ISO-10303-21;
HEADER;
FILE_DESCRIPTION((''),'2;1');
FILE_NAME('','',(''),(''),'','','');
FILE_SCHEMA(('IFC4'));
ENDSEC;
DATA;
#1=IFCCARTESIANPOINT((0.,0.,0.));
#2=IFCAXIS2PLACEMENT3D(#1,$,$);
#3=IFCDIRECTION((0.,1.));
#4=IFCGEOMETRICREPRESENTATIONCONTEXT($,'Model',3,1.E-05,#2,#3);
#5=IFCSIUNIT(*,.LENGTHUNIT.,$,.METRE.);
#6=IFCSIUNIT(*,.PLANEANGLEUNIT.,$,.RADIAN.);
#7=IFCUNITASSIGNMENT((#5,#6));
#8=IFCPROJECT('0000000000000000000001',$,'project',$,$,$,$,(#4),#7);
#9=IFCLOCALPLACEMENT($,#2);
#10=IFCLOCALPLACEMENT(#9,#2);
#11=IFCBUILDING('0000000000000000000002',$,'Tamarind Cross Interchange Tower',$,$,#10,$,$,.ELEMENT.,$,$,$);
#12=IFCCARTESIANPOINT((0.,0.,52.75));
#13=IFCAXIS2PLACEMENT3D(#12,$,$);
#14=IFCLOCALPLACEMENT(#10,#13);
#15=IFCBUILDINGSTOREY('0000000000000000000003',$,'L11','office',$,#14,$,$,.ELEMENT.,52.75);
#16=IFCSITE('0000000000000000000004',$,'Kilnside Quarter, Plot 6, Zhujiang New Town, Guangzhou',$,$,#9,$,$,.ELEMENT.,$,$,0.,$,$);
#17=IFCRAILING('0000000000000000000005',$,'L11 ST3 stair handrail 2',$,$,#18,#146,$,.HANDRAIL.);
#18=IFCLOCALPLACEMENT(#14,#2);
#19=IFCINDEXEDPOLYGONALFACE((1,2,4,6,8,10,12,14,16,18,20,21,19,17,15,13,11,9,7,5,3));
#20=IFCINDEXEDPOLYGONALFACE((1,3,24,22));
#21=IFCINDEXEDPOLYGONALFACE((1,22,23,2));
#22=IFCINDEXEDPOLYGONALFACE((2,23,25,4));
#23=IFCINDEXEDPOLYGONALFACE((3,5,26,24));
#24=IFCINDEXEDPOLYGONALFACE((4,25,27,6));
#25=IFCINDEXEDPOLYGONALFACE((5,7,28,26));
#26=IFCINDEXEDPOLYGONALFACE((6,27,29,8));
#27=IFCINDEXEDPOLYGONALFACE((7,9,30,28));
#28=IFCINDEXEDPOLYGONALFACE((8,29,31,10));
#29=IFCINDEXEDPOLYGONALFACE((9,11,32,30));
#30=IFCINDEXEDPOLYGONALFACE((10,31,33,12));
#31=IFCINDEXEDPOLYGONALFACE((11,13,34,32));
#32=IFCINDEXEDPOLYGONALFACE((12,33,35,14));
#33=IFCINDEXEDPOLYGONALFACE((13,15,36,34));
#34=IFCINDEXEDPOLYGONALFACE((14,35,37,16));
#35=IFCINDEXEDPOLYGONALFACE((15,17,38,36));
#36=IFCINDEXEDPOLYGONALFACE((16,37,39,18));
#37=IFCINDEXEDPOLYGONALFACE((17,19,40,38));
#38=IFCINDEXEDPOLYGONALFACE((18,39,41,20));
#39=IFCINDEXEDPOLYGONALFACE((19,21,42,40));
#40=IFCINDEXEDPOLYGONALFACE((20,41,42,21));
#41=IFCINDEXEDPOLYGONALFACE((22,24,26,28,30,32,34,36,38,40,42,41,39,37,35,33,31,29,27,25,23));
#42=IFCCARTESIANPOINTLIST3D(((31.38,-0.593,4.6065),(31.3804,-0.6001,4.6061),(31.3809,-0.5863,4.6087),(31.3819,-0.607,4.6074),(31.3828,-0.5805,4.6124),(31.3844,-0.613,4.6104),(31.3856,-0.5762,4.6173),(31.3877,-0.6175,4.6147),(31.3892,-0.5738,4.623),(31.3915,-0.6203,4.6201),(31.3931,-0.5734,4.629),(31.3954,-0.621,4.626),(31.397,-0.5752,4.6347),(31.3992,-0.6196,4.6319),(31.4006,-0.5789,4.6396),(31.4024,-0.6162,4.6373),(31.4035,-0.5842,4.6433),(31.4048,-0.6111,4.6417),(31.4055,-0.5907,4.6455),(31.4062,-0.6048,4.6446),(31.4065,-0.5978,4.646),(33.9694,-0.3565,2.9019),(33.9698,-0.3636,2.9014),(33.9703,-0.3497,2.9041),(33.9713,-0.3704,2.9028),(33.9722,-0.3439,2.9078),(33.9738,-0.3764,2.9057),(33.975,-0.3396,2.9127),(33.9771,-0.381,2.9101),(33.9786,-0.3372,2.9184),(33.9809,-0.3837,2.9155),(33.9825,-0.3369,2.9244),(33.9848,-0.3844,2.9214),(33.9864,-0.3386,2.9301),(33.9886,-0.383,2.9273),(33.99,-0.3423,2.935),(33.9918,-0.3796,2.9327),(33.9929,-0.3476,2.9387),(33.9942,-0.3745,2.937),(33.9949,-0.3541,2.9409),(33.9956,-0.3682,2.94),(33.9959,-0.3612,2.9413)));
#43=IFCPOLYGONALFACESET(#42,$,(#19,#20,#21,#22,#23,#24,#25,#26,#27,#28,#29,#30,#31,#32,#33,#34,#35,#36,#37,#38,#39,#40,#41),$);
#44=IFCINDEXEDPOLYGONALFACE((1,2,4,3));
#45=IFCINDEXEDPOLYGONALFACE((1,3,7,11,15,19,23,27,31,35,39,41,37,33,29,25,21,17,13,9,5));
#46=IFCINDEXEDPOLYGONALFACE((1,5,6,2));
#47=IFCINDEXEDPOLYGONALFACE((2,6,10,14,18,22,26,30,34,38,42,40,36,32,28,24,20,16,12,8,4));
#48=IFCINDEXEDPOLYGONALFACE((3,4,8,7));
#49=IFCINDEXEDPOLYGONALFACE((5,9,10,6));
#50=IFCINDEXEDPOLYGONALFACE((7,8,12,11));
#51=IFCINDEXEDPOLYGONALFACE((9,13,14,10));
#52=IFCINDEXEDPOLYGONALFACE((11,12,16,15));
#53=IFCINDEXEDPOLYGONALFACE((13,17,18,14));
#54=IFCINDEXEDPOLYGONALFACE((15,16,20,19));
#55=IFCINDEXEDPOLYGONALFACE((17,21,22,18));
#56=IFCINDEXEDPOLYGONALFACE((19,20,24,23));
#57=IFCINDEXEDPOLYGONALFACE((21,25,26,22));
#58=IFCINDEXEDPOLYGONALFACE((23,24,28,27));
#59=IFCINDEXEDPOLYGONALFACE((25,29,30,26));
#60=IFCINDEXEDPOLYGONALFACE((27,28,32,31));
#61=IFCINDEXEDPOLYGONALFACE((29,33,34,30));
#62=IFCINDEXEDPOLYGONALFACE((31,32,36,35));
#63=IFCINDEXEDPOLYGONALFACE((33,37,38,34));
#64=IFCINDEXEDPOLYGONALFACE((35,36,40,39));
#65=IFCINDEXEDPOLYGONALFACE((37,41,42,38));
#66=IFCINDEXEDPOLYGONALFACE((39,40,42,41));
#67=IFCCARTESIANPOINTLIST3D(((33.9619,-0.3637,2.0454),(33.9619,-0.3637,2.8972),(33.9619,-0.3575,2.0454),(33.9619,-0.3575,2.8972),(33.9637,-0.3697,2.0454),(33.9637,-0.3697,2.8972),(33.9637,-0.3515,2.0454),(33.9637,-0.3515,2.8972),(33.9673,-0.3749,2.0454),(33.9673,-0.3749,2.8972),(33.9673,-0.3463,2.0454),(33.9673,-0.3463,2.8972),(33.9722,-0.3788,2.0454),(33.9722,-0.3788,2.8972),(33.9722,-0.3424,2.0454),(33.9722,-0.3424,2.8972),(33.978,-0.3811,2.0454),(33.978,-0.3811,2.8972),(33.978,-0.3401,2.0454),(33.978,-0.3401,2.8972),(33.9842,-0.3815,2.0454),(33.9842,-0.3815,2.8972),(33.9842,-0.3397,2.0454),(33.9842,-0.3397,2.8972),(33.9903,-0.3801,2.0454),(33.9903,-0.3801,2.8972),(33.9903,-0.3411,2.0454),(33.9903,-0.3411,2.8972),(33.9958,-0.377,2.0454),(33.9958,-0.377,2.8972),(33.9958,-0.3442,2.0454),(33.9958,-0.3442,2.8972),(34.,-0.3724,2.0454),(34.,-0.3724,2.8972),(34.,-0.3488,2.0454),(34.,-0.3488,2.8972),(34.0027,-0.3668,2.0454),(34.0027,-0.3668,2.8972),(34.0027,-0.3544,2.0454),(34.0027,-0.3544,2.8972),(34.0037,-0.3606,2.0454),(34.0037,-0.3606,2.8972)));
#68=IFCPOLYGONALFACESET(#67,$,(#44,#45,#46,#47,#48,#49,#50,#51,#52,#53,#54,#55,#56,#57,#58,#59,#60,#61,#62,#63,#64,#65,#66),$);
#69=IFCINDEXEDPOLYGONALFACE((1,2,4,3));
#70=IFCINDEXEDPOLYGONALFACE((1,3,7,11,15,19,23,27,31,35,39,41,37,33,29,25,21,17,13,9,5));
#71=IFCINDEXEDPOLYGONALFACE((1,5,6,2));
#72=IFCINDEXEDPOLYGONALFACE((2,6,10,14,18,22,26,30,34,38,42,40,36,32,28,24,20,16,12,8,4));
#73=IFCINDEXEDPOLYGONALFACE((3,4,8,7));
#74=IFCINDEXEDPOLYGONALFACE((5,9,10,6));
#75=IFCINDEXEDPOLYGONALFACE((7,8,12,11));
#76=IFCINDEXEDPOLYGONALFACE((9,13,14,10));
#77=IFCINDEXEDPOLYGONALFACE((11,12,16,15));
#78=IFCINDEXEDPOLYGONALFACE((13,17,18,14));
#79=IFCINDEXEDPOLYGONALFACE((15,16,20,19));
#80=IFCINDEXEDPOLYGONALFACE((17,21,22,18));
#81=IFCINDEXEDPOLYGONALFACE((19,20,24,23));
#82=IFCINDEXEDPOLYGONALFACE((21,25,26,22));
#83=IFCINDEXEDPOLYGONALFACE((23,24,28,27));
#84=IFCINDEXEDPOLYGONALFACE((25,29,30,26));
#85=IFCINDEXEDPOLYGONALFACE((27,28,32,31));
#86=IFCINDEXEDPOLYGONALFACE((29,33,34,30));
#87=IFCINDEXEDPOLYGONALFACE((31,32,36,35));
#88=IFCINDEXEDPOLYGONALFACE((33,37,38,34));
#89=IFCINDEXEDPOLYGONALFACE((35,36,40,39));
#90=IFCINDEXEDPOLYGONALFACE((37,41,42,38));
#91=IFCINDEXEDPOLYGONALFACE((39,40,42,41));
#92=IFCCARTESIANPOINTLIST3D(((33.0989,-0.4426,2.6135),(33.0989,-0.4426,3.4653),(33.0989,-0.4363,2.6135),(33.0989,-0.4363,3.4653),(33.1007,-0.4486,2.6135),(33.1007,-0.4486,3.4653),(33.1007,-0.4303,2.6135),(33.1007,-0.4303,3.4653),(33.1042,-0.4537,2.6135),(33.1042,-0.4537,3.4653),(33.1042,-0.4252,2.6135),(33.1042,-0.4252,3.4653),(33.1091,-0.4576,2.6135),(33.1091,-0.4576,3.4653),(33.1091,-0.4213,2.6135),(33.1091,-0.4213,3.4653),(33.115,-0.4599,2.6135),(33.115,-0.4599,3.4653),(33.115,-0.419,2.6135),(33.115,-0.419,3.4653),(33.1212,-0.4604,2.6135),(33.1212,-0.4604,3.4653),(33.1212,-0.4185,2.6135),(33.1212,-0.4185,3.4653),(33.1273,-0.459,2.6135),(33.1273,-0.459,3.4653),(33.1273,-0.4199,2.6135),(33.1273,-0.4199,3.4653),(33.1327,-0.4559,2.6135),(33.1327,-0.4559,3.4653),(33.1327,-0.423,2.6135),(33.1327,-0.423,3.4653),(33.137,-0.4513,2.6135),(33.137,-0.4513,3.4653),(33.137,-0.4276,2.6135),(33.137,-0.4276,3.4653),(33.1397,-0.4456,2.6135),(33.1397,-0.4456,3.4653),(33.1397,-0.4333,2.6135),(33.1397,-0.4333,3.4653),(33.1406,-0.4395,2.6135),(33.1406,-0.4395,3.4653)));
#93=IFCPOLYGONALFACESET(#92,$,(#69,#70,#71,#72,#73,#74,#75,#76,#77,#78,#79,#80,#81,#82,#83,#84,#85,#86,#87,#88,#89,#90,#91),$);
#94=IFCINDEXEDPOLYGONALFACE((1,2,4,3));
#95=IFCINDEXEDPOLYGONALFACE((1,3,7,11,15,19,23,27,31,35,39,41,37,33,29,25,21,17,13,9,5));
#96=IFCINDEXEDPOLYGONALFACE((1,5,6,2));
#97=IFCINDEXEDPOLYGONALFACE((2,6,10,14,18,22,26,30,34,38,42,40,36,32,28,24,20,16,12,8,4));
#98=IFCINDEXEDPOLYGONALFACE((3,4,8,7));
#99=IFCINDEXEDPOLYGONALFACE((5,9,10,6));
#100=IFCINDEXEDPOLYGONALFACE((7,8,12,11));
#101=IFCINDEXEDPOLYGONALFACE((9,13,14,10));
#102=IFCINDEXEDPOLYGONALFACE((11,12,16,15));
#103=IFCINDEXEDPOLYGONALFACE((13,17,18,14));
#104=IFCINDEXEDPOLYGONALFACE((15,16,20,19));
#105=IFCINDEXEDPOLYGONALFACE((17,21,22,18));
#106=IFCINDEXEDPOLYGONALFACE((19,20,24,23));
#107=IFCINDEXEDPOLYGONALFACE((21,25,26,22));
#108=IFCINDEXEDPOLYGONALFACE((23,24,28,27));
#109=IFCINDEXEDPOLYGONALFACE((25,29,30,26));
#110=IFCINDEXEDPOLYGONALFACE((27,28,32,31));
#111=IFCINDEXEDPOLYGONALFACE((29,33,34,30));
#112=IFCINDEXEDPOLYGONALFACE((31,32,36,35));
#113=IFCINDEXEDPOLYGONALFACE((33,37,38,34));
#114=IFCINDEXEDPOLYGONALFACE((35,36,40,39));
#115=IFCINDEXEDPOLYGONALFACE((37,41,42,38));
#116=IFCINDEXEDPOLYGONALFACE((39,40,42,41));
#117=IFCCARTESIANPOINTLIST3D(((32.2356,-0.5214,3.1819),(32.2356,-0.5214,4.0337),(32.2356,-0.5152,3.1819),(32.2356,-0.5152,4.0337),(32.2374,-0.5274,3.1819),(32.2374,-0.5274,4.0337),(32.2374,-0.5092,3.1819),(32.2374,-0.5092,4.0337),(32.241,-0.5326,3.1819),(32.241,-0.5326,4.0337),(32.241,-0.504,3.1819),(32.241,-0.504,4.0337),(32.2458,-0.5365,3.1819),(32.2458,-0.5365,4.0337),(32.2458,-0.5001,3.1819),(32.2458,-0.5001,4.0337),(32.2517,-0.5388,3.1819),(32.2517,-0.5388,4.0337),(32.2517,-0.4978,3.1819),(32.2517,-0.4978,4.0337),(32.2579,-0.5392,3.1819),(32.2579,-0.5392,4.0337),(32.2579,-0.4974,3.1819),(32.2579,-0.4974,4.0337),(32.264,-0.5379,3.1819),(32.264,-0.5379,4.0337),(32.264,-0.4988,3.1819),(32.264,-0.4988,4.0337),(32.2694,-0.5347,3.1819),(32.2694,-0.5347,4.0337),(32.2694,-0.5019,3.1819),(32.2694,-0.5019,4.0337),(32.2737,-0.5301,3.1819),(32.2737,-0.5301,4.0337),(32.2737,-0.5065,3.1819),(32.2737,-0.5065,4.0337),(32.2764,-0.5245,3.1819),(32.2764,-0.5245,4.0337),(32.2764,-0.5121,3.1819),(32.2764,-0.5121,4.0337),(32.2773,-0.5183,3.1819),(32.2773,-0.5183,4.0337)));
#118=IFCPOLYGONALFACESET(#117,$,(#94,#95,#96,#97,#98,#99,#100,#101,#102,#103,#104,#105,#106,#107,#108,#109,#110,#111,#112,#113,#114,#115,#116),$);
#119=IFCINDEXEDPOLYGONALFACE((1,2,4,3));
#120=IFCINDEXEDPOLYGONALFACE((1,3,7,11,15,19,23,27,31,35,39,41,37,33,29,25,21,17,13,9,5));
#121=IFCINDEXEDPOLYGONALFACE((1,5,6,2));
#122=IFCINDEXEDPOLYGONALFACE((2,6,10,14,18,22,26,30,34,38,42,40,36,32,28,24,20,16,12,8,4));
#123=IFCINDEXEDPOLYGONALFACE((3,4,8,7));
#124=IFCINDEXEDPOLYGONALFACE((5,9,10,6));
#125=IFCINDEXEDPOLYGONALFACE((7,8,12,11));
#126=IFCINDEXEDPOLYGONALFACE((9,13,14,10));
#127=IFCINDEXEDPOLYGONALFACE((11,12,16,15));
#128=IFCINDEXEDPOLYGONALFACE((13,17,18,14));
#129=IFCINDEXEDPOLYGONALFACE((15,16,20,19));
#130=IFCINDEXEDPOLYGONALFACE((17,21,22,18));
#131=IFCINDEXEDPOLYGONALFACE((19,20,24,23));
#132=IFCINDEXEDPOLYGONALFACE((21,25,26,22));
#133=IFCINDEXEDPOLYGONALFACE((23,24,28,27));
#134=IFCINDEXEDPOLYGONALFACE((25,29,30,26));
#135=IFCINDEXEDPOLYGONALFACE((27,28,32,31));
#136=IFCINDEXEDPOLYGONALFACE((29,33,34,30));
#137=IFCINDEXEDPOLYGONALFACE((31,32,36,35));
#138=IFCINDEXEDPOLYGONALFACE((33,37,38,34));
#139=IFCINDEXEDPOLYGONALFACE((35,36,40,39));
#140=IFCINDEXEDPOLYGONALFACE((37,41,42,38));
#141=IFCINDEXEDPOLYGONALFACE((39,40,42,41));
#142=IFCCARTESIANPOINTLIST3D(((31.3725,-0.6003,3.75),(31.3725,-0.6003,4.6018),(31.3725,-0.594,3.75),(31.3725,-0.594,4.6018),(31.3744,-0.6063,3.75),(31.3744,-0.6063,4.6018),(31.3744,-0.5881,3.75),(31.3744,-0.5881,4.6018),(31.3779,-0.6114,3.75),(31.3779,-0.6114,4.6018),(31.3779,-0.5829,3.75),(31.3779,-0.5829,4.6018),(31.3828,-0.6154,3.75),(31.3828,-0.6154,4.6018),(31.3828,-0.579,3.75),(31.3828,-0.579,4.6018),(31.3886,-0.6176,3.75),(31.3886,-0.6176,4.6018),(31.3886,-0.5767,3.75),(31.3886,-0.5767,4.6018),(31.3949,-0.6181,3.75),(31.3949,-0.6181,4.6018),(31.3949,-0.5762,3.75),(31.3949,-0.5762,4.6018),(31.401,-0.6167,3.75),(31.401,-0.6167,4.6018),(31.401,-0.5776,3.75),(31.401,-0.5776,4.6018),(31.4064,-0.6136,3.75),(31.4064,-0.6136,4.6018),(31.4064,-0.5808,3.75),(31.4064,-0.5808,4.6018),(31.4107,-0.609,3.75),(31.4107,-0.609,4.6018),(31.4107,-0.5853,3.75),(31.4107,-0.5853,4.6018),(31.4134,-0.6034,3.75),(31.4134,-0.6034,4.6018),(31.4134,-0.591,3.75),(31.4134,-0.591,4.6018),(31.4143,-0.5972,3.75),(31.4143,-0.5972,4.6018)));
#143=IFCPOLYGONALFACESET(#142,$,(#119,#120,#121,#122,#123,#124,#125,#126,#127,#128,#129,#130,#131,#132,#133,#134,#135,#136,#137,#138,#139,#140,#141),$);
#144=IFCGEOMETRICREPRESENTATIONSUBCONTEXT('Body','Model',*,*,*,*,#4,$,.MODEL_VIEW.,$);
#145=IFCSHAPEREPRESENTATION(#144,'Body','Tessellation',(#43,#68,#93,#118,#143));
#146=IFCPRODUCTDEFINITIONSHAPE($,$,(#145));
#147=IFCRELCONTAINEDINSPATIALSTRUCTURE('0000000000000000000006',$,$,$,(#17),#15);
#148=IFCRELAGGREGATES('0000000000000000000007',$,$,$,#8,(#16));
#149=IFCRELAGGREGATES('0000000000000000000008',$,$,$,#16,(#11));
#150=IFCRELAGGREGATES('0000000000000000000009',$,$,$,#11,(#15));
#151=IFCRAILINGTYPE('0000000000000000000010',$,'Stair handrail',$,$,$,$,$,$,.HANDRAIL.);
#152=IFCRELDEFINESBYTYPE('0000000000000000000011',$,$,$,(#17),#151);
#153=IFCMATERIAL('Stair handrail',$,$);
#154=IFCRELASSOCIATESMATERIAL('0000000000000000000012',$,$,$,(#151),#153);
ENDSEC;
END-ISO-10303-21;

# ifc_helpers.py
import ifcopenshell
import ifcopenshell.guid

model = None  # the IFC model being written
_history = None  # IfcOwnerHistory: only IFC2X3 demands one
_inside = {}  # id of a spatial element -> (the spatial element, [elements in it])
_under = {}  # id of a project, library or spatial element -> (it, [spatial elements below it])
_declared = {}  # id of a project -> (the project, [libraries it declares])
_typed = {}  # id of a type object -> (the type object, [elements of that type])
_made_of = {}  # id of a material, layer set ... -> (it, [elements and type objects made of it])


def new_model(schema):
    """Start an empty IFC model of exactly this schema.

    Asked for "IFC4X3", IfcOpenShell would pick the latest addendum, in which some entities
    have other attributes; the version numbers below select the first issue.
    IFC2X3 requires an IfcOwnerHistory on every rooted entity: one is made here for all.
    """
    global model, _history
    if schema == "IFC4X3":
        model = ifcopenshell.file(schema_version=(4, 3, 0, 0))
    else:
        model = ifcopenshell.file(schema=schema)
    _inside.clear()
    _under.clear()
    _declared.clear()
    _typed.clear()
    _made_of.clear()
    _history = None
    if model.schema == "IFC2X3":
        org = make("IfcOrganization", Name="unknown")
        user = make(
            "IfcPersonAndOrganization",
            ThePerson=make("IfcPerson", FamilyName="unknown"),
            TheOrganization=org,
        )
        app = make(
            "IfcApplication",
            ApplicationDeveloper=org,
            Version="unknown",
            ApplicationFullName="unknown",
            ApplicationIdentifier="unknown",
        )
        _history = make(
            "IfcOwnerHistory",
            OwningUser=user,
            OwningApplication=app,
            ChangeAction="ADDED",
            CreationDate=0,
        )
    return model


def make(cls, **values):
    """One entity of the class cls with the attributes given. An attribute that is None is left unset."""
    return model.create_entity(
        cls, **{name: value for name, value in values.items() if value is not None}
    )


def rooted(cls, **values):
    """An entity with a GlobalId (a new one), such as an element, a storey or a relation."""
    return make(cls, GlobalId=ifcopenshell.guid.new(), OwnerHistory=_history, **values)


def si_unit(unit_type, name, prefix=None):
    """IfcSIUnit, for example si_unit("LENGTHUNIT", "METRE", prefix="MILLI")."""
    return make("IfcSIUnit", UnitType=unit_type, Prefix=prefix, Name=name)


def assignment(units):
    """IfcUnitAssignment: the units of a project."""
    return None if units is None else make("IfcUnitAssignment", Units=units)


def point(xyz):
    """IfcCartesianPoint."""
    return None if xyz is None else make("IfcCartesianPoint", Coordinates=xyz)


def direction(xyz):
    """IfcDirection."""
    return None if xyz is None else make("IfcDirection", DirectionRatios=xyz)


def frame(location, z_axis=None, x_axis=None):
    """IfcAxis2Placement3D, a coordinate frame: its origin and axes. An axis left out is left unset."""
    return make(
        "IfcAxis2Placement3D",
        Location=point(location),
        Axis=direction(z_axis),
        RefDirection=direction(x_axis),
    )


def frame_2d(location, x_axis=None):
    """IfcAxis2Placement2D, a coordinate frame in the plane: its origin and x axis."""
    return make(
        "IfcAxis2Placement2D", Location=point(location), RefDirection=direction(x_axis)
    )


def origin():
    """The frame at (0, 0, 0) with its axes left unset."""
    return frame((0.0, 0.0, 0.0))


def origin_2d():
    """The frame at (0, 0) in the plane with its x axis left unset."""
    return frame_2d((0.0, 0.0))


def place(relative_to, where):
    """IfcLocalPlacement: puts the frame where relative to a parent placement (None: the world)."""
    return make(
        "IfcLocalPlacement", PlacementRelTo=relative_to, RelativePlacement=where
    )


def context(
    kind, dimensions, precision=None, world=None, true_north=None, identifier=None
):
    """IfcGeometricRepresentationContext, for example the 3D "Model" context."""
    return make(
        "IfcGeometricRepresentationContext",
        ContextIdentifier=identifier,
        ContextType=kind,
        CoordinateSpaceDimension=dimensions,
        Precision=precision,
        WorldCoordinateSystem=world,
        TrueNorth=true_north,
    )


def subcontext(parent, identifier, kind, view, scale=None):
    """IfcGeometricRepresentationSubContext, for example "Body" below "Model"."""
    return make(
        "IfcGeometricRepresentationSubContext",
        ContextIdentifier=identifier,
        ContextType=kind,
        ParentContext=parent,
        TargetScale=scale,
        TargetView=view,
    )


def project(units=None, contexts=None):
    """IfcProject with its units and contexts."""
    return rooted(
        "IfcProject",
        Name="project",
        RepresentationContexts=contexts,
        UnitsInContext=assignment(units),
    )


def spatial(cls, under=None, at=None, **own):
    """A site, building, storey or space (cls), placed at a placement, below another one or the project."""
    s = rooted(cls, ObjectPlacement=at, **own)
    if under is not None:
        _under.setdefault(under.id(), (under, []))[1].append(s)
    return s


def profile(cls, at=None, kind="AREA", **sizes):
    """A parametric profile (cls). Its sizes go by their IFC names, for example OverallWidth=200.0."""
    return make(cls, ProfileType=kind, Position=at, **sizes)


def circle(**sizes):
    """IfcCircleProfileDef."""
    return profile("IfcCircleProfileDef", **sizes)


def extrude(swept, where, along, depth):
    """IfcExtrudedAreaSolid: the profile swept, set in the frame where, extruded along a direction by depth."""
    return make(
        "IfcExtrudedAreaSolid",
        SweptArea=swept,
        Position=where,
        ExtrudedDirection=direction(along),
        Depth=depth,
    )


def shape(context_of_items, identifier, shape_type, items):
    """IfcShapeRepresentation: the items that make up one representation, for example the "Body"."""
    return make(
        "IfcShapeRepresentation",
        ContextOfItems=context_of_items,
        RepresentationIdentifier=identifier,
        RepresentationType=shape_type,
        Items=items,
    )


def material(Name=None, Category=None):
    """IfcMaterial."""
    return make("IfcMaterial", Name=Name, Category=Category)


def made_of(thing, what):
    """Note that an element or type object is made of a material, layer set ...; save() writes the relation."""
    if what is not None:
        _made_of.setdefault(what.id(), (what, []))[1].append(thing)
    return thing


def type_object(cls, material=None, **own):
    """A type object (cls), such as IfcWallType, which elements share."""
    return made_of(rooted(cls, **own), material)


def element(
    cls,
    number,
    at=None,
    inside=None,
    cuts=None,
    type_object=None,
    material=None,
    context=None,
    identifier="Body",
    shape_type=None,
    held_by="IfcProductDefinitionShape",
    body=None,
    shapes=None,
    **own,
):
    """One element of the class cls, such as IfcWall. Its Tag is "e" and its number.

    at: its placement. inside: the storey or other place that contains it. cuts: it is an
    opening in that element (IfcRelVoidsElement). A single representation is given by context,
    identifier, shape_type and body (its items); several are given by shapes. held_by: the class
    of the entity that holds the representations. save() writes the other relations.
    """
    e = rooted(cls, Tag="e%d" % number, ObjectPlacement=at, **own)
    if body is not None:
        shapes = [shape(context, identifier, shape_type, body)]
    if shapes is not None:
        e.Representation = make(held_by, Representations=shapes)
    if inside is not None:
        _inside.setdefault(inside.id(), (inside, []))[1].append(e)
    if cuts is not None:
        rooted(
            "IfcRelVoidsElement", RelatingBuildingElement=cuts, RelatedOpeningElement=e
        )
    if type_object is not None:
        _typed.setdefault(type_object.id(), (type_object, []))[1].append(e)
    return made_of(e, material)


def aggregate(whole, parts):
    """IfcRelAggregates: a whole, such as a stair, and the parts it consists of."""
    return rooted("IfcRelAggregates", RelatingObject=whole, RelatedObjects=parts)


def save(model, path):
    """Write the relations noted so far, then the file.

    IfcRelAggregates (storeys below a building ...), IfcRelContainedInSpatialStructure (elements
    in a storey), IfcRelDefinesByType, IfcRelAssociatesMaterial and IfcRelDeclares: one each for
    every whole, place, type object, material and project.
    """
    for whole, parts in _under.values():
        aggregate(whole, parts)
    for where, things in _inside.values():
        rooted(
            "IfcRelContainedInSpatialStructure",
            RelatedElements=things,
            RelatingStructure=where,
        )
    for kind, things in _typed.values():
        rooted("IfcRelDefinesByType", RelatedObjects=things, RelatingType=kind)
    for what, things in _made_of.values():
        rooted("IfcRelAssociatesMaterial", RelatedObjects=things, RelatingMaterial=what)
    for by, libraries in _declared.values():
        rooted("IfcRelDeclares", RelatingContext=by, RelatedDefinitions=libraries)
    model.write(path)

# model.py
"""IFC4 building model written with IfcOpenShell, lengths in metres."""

from ifc_helpers import new_model, si_unit, direction, frame, origin, origin_2d, place, context, subcontext, project, spatial, circle, extrude, material, type_object, element, save


model = new_model("IFC4")

# Units and contexts
model_context = context("Model", 3, precision=1e-05, world=origin(), true_north=direction((0.0, 1.0)))
body_context = subcontext(model_context, "Body", "Model", "MODEL_VIEW")
ifc_project = project(units=[si_unit("LENGTHUNIT", "METRE"), si_unit("PLANEANGLEUNIT", "RADIAN")], contexts=[model_context])

# Site, building, storey
site_placement = place(None, origin())
site = spatial("IfcSite", under=ifc_project, at=site_placement, Name="Kilnside Quarter, Plot 6, Zhujiang New Town, Guangzhou", CompositionType="ELEMENT", RefElevation=0.0)
building_placement = place(site_placement, origin())
building = spatial("IfcBuilding", under=site, at=building_placement, Name="Tamarind Cross Interchange Tower", CompositionType="ELEMENT")
storey_placement = place(building_placement, frame((0.0, 0.0, 52.75)))
storey = spatial("IfcBuildingStorey", under=building, at=storey_placement, Name="L11", Description="office", CompositionType="ELEMENT", Elevation=52.75)

# Railing
ifc_material_1 = material(Name="Stair handrail")
railing_type_1 = type_object("IfcRailingType", Name="Stair handrail", PredefinedType="HANDRAIL", material=ifc_material_1)
railing_1_placement = place(storey_placement, frame((33.9827, -0.3606, 2.0454)))
element("IfcRailing", 1, at=railing_1_placement, inside=storey, type_object=railing_type_1, Name="L11 ST3 stair handrail 2", PredefinedType="HANDRAIL", context=body_context, shape_type="SweptSolid", body=[
    extrude(circle(Radius=0.0239, at=origin_2d()), frame((0.0, 0.0, 0.876), z_axis=(-0.832838, -0.076091, 0.548262), x_axis=(0.090984, -0.995852, 0.0)), (0.0, 0.0, 1.0), 3.1091),
    extrude(circle(Radius=0.021, at=origin_2d()), origin(), (0.0, 0.0, 1.0), 0.8518),
    extrude(circle(Radius=0.021, at=origin_2d()), frame((-0.863, -0.0789, 0.5681)), (0.0, 0.0, 1.0), 0.8518),
    extrude(circle(Radius=0.021, at=origin_2d()), frame((-1.7263, -0.1577, 1.1365)), (0.0, 0.0, 1.0), 0.8518),
    extrude(circle(Radius=0.021, at=origin_2d()), frame((-2.5894, -0.2366, 1.7046)), (0.0, 0.0, 1.0), 0.8518),
])

save(model, "model.ifc")
